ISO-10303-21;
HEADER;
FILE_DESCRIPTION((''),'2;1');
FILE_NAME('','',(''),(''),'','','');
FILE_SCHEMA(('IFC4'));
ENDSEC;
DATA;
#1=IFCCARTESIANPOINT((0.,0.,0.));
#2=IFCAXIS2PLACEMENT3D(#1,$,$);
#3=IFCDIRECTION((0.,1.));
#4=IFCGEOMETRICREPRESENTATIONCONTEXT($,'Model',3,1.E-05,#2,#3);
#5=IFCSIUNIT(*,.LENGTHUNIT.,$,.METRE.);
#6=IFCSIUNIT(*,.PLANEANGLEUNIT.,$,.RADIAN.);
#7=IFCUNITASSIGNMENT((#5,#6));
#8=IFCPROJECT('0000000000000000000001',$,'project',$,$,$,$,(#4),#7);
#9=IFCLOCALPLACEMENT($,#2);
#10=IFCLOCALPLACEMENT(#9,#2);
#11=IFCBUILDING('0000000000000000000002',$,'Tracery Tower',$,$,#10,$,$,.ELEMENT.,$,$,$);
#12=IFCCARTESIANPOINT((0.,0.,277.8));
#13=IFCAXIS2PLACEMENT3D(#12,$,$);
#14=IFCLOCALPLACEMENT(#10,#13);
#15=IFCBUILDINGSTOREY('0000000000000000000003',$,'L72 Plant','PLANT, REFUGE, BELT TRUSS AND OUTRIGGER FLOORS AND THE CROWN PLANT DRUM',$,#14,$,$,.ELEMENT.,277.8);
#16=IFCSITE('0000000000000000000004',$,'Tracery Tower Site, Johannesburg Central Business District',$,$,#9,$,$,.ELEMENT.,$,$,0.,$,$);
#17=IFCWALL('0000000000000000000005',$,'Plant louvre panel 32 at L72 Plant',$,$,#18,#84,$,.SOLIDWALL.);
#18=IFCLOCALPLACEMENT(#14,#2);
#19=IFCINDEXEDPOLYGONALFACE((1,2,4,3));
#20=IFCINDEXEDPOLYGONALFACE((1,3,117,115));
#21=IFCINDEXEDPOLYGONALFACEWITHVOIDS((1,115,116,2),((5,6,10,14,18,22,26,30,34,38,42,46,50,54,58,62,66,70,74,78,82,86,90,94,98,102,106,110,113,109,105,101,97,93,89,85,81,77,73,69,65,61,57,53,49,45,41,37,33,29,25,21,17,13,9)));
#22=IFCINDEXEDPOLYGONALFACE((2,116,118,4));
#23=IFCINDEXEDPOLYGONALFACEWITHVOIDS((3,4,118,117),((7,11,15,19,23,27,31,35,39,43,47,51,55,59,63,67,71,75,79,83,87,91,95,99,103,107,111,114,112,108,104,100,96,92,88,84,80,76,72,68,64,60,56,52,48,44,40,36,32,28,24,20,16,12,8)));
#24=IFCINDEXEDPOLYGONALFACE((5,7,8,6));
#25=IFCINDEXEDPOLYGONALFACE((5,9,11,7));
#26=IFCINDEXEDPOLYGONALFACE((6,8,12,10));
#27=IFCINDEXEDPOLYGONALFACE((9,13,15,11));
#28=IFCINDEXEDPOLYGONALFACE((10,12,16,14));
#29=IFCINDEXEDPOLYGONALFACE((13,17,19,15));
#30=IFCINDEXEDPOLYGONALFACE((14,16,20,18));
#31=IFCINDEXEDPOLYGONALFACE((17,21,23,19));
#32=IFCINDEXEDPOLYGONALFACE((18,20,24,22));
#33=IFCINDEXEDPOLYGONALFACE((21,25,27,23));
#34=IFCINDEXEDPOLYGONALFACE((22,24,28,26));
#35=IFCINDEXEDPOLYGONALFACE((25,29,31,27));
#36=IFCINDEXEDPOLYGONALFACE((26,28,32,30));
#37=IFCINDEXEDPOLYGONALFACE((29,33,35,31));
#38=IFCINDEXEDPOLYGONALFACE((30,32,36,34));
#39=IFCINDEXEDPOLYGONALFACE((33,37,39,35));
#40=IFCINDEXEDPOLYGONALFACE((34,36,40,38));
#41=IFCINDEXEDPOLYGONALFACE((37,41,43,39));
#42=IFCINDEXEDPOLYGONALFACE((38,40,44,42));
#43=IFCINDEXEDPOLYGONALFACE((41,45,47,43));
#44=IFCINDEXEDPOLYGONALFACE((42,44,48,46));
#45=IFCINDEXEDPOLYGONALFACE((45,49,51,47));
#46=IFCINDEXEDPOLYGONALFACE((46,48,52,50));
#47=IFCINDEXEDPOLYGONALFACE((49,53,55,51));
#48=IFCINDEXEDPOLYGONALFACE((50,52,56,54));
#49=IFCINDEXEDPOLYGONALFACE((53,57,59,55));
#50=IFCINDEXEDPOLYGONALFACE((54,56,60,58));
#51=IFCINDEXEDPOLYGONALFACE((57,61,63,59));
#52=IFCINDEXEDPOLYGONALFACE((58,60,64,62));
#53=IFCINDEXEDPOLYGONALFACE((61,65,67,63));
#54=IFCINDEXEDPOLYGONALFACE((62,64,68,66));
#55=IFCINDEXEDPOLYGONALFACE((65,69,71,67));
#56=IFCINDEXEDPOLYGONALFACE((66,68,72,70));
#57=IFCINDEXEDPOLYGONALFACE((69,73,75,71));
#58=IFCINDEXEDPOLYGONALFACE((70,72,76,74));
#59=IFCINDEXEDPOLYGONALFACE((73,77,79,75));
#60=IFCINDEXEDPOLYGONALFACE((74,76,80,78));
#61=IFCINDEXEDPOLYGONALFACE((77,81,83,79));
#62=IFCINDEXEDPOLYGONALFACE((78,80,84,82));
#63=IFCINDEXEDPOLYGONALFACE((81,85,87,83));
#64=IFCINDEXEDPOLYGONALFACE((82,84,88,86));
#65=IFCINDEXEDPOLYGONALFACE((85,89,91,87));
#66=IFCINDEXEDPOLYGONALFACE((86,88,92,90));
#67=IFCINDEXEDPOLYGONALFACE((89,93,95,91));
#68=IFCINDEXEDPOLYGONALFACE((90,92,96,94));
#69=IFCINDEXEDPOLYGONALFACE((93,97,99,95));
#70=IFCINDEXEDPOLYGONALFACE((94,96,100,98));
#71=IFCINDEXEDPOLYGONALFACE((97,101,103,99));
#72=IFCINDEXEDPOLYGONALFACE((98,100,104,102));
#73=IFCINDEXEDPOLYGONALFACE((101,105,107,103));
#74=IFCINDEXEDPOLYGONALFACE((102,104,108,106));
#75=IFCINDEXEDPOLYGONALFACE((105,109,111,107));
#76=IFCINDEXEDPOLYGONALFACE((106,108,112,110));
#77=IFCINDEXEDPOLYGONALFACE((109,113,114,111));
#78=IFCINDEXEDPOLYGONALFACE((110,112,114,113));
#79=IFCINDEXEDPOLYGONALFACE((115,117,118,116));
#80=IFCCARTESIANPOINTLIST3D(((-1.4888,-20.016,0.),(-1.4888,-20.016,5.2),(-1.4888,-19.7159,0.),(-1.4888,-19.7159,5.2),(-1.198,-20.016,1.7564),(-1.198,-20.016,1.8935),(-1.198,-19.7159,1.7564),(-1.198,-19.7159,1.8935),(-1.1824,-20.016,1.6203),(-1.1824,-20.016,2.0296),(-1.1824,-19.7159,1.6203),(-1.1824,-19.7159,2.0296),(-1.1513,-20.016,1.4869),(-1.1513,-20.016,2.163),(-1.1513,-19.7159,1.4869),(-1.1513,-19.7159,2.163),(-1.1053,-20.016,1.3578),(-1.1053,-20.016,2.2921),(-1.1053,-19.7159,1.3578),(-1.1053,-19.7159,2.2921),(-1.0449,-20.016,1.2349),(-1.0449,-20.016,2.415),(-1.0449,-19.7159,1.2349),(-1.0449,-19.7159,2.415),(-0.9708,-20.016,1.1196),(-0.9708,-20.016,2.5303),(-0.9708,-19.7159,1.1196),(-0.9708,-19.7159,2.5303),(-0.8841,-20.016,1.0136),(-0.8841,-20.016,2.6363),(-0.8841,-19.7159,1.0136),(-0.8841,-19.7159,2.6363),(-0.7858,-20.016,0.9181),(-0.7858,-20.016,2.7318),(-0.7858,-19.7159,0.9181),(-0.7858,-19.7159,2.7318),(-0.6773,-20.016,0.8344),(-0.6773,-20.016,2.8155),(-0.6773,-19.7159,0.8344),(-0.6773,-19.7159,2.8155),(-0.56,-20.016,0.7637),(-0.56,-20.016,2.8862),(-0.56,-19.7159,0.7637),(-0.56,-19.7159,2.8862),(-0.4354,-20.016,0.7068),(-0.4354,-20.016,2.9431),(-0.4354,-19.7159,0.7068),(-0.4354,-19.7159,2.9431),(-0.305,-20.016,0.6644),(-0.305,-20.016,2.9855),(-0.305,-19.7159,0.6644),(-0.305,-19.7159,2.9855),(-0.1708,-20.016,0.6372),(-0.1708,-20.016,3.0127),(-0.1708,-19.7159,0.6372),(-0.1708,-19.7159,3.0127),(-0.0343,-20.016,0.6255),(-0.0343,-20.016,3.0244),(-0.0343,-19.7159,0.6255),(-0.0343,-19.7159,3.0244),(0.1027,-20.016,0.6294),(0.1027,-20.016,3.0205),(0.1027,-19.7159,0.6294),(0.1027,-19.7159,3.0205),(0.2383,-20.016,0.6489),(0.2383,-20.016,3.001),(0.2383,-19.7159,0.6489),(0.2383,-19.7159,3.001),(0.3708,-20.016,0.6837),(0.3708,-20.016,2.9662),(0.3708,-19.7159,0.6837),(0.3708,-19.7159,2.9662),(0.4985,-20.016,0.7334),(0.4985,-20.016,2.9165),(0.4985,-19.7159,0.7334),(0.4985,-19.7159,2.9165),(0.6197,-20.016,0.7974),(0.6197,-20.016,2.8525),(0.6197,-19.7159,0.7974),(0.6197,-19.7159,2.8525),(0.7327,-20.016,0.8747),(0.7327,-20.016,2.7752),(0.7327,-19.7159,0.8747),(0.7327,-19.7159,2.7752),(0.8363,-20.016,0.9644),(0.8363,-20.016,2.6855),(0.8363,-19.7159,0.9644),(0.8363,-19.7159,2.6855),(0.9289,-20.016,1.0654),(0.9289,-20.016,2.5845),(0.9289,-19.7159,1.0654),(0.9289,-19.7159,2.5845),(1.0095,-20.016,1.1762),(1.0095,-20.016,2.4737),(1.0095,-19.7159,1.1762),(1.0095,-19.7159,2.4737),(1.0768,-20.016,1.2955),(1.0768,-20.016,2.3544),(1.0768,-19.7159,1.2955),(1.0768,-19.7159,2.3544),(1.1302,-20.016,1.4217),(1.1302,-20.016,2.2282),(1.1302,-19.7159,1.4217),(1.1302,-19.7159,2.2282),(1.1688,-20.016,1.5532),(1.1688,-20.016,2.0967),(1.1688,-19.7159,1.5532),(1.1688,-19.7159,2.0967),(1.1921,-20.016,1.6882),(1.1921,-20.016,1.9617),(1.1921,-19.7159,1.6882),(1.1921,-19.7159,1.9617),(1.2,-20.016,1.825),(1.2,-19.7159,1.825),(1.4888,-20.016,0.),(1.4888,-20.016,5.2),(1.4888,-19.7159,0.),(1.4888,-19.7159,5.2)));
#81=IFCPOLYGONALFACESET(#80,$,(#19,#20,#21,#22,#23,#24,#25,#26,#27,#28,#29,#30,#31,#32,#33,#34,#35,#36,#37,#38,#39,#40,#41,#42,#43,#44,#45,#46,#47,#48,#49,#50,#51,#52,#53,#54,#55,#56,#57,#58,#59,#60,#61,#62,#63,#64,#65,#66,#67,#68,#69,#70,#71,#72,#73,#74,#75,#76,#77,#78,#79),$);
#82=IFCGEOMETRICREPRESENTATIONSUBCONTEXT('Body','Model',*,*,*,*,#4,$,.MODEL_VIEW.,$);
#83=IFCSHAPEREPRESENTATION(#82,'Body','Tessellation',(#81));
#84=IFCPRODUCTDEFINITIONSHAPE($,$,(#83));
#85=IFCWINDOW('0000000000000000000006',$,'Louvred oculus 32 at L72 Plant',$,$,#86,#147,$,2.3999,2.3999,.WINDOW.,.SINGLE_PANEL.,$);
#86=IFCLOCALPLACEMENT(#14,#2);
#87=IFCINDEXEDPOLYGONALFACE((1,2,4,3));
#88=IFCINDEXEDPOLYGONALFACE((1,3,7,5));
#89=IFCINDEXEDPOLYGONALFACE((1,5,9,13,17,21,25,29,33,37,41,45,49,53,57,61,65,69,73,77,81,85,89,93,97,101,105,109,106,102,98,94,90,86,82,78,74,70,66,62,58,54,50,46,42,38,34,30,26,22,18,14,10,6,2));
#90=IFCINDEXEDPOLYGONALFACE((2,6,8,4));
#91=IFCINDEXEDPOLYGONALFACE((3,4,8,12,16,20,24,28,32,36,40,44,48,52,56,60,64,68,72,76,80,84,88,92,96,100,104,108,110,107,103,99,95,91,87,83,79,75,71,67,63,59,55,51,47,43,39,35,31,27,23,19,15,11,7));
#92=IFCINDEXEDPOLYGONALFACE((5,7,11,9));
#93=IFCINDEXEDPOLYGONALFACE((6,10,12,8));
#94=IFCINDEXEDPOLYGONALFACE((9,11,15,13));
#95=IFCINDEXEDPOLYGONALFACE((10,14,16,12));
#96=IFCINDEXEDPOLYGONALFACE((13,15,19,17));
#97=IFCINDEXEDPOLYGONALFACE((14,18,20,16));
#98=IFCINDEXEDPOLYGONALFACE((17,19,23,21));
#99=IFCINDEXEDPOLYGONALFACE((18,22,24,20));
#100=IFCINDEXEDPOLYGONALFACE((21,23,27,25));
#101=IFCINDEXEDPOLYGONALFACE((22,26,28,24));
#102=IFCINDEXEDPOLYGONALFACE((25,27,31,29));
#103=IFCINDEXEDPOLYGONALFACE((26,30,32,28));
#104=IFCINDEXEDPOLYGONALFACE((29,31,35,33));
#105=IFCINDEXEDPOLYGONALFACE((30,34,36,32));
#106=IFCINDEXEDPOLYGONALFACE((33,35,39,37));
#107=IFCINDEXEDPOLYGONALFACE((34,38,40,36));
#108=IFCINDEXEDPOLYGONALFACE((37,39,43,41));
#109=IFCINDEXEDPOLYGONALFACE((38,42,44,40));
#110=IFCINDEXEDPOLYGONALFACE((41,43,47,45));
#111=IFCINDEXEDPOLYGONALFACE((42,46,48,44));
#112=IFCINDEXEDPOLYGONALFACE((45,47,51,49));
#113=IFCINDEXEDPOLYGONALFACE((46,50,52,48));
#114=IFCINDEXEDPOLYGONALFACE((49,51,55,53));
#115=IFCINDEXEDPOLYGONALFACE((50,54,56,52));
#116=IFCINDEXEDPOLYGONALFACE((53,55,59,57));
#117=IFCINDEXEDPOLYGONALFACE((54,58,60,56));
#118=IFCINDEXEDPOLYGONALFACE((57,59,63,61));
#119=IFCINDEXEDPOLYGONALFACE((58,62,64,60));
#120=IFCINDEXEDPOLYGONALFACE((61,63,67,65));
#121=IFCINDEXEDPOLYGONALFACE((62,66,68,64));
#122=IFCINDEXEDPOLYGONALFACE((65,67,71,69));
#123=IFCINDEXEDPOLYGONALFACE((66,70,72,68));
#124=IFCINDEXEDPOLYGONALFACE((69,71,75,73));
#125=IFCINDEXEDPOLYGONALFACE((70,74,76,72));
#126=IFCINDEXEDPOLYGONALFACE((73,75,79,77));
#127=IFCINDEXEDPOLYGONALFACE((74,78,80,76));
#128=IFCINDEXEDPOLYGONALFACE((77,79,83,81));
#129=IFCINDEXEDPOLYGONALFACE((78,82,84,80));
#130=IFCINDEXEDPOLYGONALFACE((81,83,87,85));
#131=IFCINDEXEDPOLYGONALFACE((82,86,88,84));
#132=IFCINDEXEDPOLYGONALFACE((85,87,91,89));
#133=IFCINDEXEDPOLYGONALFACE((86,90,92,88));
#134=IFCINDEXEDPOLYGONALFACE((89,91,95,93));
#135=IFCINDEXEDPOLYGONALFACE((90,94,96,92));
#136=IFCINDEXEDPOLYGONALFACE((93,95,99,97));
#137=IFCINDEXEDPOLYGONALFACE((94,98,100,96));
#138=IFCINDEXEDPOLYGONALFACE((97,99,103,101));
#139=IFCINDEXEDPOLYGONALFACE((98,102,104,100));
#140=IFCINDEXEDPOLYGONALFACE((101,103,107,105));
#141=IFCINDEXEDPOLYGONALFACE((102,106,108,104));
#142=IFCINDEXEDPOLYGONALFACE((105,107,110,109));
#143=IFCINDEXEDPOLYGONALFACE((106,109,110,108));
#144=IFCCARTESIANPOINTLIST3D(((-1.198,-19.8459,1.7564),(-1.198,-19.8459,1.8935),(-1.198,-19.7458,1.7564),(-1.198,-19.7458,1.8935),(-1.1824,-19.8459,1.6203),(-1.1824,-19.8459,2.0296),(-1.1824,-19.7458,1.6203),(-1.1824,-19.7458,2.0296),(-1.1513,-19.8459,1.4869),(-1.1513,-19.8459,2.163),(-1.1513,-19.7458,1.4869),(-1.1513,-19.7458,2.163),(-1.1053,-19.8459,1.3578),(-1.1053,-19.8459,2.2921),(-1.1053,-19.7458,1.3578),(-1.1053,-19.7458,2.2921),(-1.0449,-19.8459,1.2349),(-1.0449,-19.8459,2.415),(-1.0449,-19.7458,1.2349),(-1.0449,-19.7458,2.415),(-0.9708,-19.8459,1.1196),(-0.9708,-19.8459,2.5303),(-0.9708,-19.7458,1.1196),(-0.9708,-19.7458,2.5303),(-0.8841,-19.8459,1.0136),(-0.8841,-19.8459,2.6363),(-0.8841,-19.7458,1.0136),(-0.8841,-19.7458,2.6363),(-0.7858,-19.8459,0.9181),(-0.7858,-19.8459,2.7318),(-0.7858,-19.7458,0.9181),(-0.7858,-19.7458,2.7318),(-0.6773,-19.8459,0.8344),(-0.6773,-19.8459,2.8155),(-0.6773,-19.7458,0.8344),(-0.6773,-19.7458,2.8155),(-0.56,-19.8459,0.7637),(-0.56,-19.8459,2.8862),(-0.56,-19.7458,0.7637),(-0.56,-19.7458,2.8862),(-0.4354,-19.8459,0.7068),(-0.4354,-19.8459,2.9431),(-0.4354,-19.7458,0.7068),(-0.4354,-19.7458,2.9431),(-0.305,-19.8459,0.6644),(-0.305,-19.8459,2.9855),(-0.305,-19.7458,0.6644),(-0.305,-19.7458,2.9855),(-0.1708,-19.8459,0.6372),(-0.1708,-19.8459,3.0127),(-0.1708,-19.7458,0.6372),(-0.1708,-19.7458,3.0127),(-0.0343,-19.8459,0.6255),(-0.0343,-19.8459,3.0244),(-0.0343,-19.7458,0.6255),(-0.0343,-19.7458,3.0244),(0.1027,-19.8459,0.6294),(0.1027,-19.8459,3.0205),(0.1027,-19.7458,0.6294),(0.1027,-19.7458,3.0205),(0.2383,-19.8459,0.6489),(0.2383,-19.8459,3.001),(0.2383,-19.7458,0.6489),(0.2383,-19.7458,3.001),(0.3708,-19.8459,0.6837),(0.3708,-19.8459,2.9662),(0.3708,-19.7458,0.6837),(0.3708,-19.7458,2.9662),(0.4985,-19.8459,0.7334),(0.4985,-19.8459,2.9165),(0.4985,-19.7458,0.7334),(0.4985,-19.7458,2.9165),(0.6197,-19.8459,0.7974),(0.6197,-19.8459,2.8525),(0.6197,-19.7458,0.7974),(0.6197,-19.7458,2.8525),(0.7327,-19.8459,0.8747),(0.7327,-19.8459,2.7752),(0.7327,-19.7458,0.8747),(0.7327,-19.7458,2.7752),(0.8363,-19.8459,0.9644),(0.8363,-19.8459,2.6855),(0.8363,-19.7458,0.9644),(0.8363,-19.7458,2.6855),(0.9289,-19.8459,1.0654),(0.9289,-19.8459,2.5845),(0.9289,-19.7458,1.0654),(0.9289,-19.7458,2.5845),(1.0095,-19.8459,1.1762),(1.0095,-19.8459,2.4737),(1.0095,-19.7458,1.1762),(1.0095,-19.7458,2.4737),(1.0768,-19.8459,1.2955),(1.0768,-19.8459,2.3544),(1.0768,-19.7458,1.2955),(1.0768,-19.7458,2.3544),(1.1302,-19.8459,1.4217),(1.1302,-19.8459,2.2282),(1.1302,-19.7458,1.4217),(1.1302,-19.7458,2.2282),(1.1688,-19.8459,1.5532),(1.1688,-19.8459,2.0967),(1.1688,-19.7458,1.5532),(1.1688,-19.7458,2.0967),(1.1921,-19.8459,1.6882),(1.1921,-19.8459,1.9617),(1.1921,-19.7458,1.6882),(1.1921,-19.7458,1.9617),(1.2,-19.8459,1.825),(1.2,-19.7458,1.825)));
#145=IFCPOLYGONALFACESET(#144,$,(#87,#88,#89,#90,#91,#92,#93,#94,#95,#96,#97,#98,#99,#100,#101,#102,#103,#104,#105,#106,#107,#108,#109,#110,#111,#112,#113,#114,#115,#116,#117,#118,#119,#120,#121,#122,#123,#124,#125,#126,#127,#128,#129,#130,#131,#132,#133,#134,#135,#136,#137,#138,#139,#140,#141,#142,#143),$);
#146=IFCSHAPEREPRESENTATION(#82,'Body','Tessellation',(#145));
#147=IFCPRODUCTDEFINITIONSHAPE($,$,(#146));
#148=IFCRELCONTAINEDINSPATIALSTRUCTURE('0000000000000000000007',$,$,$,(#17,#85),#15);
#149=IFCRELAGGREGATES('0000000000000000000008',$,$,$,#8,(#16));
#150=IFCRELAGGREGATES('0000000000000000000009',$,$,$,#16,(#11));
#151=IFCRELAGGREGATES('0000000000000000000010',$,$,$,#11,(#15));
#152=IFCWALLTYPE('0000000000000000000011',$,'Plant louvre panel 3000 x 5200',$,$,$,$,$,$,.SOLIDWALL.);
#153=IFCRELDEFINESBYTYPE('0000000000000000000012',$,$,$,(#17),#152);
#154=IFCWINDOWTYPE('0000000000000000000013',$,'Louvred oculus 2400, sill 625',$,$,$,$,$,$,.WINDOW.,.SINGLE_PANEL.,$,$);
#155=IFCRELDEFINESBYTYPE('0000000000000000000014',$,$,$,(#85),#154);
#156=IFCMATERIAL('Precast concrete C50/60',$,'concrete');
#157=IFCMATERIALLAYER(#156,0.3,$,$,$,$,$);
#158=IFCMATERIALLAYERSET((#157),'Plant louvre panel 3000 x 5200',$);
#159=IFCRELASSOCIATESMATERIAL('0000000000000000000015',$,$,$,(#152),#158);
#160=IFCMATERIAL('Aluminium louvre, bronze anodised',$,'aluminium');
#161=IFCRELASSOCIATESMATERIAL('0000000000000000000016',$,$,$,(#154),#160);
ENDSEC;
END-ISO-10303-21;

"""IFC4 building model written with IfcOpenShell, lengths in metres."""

from ifc_helpers import new_model, si_unit, direction, frame, frame_2d, origin, origin_2d, place, context, subcontext, project, spatial, rectangle, circle, extrude, material, layer, layer_set, type_object, element, fill, save


model = new_model("IFC4")

# Units and contexts
model_context = context("Model", 3, precision=1e-05, world=origin(), true_north=direction((0.0, 1.0)))
body_context = subcontext(model_context, "Body", "Model", "MODEL_VIEW")
ifc_project = project(units=[si_unit("LENGTHUNIT", "METRE"), si_unit("PLANEANGLEUNIT", "RADIAN")], contexts=[model_context])

# Site, building, storey
site_placement = place(None, origin())
site = spatial("IfcSite", under=ifc_project, at=site_placement, Name="Tracery Tower Site, Johannesburg Central Business District", CompositionType="ELEMENT", RefElevation=0.0)
building_placement = place(site_placement, origin())
building = spatial("IfcBuilding", under=site, at=building_placement, Name="Tracery Tower", CompositionType="ELEMENT")
storey_placement = place(building_placement, frame((0.0, 0.0, 277.8)))
storey = spatial("IfcBuildingStorey", under=building, at=storey_placement, Name="L72 Plant", Description="PLANT, REFUGE, BELT TRUSS AND OUTRIGGER FLOORS AND THE CROWN PLANT DRUM", CompositionType="ELEMENT", Elevation=277.8)

# Wall, opening, window
ifc_material_1 = material(Name="Precast concrete C50/60", Category="concrete")
ifc_layer_1 = layer(ifc_material_1, 0.3)
ifc_layer_set_1 = layer_set([ifc_layer_1], Name="Plant louvre panel 3000 x 5200")
wall_type_1 = type_object("IfcWallType", Name="Plant louvre panel 3000 x 5200", PredefinedType="SOLIDWALL", material=ifc_layer_set_1)
ifc_material_2 = material(Name="Aluminium louvre, bronze anodised", Category="aluminium")
window_type = type_object("IfcWindowType", Name="Louvred oculus 2400, sill 625", PartitioningType="SINGLE_PANEL", PredefinedType="WINDOW", material=ifc_material_2)
wall_1_placement = place(storey_placement, frame((-1.4888, -19.866, 0.0), z_axis=(0.0, 0.0, 1.0), x_axis=(1.0, 0.0, 0.0)))
wall_1 = element("IfcWall", 1, at=wall_1_placement, inside=storey, type_object=wall_type_1, Name="Plant louvre panel 32 at L72 Plant", PredefinedType="SOLIDWALL", context=body_context, shape_type="SweptSolid", body=[
    extrude(rectangle(XDim=2.9775, YDim=0.3, at=frame_2d((1.4888, 0.0))), origin(), (0.0, 0.0, 1.0), 5.2),
])
opening_1_placement = place(wall_1_placement, frame((1.4888, 0.0, 1.825)))
opening_1 = element("IfcOpeningElement", 2, at=opening_1_placement, cuts=wall_1, PredefinedType="OPENING", context=body_context, shape_type="SweptSolid", body=[
    extrude(circle(Radius=1.2, at=origin_2d()), frame((0.0, 0.1599, 0.0), z_axis=(0.0, -1.0, 0.0), x_axis=(1.0, 0.0, 0.0)), (0.0, 0.0, 1.0), 0.3201),
])
window_1_placement = place(opening_1_placement, origin())
window_1 = element("IfcWindow", 3, at=window_1_placement, inside=storey, type_object=window_type, Name="Louvred oculus 32 at L72 Plant", OverallHeight=2.3999, OverallWidth=2.3999, PartitioningType="SINGLE_PANEL", PredefinedType="WINDOW", context=body_context, shape_type="SweptSolid", body=[
    extrude(circle(Radius=1.2, at=origin_2d()), frame((0.0, 0.1201, 0.0), z_axis=(0.0, -1.0, 0.0), x_axis=(1.0, 0.0, 0.0)), (0.0, 0.0, 1.0), 0.1001),
])
fill(opening_1, window_1)

save(model, "model.ifc")
